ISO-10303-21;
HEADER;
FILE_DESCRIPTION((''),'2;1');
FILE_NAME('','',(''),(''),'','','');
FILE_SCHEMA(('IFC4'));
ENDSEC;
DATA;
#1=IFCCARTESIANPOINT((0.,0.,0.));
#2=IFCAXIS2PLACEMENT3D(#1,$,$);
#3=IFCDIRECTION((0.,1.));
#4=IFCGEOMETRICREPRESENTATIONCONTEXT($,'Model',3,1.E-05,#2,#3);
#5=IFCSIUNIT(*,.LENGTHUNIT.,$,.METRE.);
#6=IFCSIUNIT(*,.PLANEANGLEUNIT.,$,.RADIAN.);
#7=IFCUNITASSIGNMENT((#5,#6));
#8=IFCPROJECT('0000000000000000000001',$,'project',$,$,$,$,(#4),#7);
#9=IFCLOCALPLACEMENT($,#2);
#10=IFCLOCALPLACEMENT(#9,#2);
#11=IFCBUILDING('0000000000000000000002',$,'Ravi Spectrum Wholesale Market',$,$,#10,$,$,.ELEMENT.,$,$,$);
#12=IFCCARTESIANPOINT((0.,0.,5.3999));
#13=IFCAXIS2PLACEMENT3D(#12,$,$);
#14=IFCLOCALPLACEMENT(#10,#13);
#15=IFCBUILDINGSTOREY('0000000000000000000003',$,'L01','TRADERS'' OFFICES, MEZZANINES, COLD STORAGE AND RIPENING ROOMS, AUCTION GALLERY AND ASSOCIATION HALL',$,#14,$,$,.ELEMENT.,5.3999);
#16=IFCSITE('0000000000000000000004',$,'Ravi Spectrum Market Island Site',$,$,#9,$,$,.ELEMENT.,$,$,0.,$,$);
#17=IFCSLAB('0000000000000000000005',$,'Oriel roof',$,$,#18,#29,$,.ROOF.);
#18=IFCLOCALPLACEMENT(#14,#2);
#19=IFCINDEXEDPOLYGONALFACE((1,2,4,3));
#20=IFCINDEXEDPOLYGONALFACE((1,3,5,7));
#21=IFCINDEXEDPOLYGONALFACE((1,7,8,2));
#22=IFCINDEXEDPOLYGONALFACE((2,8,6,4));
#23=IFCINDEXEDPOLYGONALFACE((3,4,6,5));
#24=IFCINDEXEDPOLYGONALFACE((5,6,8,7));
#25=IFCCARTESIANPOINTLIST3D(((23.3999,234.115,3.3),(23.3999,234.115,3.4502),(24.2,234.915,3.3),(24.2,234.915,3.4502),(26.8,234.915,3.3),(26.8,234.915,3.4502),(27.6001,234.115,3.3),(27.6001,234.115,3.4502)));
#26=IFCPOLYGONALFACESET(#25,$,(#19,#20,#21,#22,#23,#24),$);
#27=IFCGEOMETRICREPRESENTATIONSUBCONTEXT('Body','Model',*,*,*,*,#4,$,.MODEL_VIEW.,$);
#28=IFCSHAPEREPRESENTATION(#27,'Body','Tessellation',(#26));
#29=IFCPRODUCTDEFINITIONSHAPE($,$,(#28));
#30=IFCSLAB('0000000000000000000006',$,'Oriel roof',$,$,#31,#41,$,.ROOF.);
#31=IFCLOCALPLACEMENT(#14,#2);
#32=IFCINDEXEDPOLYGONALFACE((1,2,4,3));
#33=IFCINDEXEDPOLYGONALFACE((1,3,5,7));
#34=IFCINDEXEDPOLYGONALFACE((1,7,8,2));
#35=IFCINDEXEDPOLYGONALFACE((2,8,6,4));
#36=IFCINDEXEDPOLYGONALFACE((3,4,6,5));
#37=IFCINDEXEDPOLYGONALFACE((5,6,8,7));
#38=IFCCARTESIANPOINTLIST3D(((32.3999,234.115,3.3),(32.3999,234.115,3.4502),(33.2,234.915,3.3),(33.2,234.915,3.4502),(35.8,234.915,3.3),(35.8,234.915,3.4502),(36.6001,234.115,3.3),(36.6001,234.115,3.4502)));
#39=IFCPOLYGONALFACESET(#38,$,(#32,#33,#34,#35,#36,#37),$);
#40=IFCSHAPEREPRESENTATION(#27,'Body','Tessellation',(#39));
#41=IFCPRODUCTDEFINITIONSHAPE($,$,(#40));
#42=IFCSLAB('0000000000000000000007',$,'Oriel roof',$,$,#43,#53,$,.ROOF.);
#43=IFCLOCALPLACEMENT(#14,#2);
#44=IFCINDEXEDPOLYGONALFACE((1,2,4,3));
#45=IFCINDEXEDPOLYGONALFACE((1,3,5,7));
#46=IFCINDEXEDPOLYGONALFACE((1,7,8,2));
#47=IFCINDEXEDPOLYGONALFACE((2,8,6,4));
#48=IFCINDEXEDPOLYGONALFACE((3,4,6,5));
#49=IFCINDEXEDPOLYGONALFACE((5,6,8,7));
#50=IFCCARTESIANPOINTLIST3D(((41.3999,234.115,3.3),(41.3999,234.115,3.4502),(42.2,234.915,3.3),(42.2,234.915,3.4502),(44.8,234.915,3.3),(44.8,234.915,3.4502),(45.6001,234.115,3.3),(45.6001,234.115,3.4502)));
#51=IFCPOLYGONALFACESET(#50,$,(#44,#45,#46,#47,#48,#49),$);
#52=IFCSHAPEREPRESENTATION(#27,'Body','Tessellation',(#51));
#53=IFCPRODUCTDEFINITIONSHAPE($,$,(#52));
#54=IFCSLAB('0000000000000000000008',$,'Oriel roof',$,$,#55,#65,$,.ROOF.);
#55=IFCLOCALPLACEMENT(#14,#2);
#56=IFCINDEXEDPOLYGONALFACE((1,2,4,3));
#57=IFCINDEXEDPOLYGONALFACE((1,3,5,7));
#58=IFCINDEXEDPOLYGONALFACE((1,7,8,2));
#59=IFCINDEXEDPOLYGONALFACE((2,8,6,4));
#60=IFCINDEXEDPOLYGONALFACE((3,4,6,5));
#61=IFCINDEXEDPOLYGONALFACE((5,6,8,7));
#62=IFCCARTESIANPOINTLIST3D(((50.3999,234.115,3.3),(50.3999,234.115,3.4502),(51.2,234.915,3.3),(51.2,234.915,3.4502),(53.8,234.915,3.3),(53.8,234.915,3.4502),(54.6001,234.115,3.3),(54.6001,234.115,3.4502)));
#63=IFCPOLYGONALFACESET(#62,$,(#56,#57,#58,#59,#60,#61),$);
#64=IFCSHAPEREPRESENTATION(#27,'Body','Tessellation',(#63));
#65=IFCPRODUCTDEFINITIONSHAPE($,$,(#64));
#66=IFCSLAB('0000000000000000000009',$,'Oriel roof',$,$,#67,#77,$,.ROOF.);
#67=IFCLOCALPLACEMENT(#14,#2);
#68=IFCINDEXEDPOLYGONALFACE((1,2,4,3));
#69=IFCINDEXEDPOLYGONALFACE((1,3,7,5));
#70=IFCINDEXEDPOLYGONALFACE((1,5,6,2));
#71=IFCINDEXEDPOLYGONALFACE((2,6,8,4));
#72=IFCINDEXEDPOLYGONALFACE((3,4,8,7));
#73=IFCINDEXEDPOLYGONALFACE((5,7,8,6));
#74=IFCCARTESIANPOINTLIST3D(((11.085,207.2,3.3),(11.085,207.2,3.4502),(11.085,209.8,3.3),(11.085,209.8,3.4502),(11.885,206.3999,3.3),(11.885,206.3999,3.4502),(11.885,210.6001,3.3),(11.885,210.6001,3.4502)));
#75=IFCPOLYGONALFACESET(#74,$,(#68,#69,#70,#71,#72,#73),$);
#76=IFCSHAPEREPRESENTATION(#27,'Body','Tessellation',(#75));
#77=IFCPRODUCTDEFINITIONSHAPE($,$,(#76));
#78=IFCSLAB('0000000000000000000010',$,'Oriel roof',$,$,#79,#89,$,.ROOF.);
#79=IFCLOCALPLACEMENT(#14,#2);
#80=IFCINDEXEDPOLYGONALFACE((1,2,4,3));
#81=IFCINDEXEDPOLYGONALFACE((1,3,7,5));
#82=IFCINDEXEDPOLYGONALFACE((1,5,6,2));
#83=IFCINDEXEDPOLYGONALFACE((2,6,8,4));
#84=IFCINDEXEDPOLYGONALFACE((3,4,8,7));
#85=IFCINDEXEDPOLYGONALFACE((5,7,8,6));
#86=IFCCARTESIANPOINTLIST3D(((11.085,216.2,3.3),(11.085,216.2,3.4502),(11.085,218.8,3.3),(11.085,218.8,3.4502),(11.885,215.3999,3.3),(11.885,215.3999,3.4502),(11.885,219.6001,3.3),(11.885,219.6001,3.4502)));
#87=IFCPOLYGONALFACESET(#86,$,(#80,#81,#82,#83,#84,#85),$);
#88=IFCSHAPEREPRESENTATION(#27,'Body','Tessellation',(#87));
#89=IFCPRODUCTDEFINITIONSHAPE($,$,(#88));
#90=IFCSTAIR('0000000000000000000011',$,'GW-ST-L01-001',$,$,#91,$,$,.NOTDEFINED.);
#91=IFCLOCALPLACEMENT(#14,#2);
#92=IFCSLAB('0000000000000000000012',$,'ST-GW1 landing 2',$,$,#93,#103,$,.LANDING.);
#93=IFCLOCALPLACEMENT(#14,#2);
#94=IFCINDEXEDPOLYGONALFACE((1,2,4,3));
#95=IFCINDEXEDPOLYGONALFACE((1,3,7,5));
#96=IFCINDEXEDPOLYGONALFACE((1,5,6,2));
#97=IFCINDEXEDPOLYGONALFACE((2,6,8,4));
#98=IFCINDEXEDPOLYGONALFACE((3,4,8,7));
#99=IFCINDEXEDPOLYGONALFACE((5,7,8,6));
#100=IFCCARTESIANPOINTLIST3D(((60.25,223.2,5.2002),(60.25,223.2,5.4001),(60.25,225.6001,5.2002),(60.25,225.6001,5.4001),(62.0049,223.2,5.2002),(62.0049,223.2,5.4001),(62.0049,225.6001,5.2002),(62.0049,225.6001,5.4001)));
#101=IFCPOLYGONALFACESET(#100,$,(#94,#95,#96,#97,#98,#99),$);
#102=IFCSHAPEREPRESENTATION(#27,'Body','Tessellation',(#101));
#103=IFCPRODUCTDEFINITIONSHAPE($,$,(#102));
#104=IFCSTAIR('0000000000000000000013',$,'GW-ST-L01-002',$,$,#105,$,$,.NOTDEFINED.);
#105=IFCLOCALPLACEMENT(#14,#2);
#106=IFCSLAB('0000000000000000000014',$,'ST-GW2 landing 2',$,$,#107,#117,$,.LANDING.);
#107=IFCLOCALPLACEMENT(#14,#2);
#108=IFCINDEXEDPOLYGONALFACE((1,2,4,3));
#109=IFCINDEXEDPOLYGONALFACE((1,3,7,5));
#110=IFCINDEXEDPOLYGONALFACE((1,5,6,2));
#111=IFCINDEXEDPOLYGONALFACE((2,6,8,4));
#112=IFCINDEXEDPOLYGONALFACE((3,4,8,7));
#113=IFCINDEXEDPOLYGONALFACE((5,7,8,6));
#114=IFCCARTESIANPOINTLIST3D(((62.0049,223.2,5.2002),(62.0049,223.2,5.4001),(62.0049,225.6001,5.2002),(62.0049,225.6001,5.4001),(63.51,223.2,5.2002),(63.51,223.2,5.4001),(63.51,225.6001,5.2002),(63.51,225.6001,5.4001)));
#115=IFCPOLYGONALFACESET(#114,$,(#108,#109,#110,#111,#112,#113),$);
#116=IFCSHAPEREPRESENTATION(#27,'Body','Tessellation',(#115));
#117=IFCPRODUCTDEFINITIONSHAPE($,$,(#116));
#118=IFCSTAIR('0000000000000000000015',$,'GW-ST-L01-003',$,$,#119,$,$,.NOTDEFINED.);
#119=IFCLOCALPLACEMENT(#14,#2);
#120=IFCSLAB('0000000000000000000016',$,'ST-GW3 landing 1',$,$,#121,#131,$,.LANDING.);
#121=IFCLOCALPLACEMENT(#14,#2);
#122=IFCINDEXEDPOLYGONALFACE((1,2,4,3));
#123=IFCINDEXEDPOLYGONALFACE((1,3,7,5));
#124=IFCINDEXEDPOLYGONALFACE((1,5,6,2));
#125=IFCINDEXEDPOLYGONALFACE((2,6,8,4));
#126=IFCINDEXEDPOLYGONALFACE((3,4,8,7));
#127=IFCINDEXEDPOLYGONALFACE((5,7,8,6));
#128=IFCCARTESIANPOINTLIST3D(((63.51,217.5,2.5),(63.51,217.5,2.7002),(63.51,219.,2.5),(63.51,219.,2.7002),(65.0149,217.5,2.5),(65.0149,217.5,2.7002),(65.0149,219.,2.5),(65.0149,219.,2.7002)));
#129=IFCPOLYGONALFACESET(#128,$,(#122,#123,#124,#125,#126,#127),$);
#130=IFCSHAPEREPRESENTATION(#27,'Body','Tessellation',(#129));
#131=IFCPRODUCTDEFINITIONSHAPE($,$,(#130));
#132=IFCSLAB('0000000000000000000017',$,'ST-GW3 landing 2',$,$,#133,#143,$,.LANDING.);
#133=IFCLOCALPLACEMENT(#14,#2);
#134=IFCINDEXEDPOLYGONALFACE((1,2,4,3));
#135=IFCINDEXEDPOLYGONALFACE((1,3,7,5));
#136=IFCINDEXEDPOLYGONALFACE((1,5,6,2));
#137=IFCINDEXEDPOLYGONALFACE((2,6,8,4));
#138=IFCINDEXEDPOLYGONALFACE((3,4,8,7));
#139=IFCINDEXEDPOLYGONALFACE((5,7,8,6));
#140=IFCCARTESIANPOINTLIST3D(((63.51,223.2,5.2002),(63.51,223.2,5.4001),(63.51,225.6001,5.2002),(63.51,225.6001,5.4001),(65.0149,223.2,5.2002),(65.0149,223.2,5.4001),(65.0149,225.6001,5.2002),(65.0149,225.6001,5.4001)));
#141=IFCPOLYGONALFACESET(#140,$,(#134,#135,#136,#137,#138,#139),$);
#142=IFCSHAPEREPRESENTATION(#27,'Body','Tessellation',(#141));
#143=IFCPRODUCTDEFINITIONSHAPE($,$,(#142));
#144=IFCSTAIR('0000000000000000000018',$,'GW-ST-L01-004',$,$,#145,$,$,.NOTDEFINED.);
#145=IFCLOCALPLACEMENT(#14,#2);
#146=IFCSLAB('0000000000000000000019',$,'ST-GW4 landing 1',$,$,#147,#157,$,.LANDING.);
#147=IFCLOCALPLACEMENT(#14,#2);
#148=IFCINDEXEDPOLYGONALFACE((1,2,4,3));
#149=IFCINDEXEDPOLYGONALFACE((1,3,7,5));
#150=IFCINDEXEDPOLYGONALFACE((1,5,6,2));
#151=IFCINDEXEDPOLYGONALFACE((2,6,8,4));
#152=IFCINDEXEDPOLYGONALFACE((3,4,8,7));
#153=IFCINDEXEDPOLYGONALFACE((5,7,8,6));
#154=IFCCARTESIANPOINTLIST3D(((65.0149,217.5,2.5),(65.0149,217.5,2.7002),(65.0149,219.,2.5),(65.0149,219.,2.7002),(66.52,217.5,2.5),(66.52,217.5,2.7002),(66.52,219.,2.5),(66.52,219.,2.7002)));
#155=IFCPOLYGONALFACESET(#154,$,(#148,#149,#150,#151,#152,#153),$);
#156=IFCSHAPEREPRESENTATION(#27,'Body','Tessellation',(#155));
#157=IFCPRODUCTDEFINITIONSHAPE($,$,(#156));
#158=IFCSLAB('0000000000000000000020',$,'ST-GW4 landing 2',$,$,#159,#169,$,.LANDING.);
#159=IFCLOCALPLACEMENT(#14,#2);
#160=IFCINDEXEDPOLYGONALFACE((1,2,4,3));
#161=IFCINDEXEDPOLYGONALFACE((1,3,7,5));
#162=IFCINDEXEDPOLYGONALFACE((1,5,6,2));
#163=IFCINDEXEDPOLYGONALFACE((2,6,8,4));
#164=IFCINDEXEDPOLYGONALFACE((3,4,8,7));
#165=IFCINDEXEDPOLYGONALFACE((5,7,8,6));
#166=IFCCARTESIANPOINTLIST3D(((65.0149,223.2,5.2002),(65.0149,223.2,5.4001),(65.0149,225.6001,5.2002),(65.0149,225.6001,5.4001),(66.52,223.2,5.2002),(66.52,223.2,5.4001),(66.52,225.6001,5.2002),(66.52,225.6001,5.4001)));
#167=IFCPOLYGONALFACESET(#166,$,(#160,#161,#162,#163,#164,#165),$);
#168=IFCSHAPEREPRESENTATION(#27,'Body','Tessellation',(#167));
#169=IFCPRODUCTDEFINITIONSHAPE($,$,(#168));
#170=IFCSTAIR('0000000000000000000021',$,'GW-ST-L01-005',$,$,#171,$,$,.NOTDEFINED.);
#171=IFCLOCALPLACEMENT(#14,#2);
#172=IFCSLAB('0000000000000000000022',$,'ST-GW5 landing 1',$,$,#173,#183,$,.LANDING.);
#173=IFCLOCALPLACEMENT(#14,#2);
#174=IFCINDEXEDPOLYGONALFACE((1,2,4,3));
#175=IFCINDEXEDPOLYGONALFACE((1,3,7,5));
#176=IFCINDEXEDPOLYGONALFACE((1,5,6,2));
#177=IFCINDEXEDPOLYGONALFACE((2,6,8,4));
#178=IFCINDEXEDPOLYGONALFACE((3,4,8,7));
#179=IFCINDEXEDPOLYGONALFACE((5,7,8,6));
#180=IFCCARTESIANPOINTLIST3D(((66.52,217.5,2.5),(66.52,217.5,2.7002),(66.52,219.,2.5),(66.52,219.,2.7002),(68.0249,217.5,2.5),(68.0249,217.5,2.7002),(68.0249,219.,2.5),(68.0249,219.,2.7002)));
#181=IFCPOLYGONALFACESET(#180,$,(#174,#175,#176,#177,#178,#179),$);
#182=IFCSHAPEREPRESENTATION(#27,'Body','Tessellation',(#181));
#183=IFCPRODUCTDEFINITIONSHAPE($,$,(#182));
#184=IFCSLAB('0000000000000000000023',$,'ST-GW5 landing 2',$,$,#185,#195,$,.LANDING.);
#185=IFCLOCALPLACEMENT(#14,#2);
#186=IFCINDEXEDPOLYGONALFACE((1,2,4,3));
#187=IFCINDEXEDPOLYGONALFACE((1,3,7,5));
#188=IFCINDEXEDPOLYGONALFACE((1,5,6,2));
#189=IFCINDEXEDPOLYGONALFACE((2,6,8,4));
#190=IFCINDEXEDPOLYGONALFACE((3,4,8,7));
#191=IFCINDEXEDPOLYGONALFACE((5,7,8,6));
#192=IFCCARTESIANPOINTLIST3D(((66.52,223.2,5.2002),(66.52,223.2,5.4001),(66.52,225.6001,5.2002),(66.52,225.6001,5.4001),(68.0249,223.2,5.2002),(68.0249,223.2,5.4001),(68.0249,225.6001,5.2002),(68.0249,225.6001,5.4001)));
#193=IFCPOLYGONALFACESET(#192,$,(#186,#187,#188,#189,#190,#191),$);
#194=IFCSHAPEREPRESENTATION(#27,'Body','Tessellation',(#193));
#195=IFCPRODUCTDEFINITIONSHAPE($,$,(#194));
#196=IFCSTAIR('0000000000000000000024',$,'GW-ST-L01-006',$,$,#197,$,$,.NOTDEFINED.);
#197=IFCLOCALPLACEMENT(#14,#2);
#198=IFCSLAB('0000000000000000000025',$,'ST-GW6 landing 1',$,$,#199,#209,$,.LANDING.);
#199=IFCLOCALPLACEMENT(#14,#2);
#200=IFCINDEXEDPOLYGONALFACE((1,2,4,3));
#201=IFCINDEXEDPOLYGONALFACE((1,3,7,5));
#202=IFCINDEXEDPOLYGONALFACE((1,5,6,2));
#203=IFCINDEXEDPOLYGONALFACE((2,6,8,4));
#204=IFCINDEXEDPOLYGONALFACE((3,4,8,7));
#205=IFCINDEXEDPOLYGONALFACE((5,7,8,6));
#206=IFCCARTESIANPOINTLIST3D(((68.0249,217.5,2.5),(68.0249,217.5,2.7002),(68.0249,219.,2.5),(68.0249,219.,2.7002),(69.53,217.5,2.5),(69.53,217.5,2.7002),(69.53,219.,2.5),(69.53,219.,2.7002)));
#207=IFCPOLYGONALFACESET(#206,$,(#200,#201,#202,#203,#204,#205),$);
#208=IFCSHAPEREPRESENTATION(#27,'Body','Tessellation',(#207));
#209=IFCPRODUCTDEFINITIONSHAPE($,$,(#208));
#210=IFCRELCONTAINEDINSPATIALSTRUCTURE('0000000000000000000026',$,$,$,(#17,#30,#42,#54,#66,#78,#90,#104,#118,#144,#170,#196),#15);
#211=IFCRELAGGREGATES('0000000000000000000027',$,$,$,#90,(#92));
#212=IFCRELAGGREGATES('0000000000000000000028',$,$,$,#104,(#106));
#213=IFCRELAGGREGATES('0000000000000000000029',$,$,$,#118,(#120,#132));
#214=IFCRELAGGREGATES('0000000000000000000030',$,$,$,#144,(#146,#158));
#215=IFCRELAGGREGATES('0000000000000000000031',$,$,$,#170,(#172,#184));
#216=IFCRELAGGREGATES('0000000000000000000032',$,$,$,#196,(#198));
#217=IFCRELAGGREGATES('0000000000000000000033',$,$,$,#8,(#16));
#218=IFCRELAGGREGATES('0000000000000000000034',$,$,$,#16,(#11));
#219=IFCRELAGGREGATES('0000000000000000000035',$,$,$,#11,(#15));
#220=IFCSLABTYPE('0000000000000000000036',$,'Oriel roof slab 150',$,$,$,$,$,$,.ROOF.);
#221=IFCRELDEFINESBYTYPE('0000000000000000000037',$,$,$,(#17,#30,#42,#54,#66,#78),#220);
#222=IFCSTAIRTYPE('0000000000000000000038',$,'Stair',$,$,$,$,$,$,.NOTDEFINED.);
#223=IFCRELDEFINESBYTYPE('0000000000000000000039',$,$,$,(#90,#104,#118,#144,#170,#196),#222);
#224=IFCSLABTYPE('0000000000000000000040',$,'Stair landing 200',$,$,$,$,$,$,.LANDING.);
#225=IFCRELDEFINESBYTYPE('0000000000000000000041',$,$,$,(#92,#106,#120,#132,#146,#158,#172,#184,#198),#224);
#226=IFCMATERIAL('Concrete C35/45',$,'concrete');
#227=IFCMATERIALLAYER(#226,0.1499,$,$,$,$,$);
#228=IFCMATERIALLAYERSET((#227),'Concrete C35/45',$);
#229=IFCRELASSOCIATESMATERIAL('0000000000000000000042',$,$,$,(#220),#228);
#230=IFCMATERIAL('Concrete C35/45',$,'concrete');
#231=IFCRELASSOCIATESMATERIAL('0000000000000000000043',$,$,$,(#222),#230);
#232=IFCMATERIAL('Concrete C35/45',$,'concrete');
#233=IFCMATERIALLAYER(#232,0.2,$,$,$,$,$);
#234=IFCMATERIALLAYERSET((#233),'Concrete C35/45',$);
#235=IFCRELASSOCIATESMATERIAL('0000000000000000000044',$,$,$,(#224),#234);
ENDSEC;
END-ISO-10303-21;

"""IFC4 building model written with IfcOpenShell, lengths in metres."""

from ifc_helpers import new_model, si_unit, direction, frame, origin, place, context, subcontext, project, spatial, polyline, outline, extrude, material, layer, layer_set, type_object, element, aggregate, save


model = new_model("IFC4")

# Units and contexts
model_context = context("Model", 3, precision=1e-05, world=origin(), true_north=direction((0.0, 1.0)))
body_context = subcontext(model_context, "Body", "Model", "MODEL_VIEW")
ifc_project = project(units=[si_unit("LENGTHUNIT", "METRE"), si_unit("PLANEANGLEUNIT", "RADIAN")], contexts=[model_context])

# Site, building, storey
site_placement = place(None, origin())
site = spatial("IfcSite", under=ifc_project, at=site_placement, Name="Ravi Spectrum Market Island Site", CompositionType="ELEMENT", RefElevation=0.0)
building_placement = place(site_placement, origin())
building = spatial("IfcBuilding", under=site, at=building_placement, Name="Ravi Spectrum Wholesale Market", CompositionType="ELEMENT")
storey_placement = place(building_placement, frame((0.0, 0.0, 5.3999)))
storey = spatial("IfcBuildingStorey", under=building, at=storey_placement, Name="L01", Description="TRADERS' OFFICES, MEZZANINES, COLD STORAGE AND RIPENING ROOMS, AUCTION GALLERY AND ASSOCIATION HALL", CompositionType="ELEMENT", Elevation=5.3999)

# Slabs
ifc_material_1 = material(Name="Concrete C35/45", Category="concrete")
ifc_layer_1 = layer(ifc_material_1, 0.1499)
ifc_layer_set_1 = layer_set([ifc_layer_1], Name="Concrete C35/45")
slab_type_1 = type_object("IfcSlabType", Name="Oriel roof slab 150", PredefinedType="ROOF", material=ifc_layer_set_1)
slab_1_placement = place(storey_placement, frame((0.0, 0.0, 3.3)))
element("IfcSlab", 1, at=slab_1_placement, inside=storey, type_object=slab_type_1, Name="Oriel roof", PredefinedType="ROOF", context=body_context, shape_type="SweptSolid", body=[
    extrude(outline(polyline([(23.3999, 234.115), (24.2, 234.915), (26.8, 234.915), (27.6001, 234.115), (23.3999, 234.115)])), origin(), (0.0, 0.0, 1.0), 0.1501),
])
slab_2_placement = place(storey_placement, frame((0.0, 0.0, 3.3)))
element("IfcSlab", 2, at=slab_2_placement, inside=storey, type_object=slab_type_1, Name="Oriel roof", PredefinedType="ROOF", context=body_context, shape_type="SweptSolid", body=[
    extrude(outline(polyline([(32.3999, 234.115), (33.2, 234.915), (35.8, 234.915), (36.6001, 234.115), (32.3999, 234.115)])), origin(), (0.0, 0.0, 1.0), 0.1501),
])
slab_3_placement = place(storey_placement, frame((0.0, 0.0, 3.3)))
element("IfcSlab", 3, at=slab_3_placement, inside=storey, type_object=slab_type_1, Name="Oriel roof", PredefinedType="ROOF", context=body_context, shape_type="SweptSolid", body=[
    extrude(outline(polyline([(41.3999, 234.115), (42.2, 234.915), (44.8, 234.915), (45.6001, 234.115), (41.3999, 234.115)])), origin(), (0.0, 0.0, 1.0), 0.1501),
])
slab_4_placement = place(storey_placement, frame((0.0, 0.0, 3.3)))
element("IfcSlab", 4, at=slab_4_placement, inside=storey, type_object=slab_type_1, Name="Oriel roof", PredefinedType="ROOF", context=body_context, shape_type="SweptSolid", body=[
    extrude(outline(polyline([(50.3999, 234.115), (51.2, 234.915), (53.8, 234.915), (54.6001, 234.115), (50.3999, 234.115)])), origin(), (0.0, 0.0, 1.0), 0.1501),
])
slab_5_placement = place(storey_placement, frame((0.0, 0.0, 3.3)))
element("IfcSlab", 5, at=slab_5_placement, inside=storey, type_object=slab_type_1, Name="Oriel roof", PredefinedType="ROOF", context=body_context, shape_type="SweptSolid", body=[
    extrude(outline(polyline([(11.885, 206.3999), (11.085, 207.2), (11.085, 209.8), (11.885, 210.6001), (11.885, 206.3999)])), origin(), (0.0, 0.0, 1.0), 0.1501),
])
slab_6_placement = place(storey_placement, frame((0.0, 0.0, 3.3)))
element("IfcSlab", 6, at=slab_6_placement, inside=storey, type_object=slab_type_1, Name="Oriel roof", PredefinedType="ROOF", context=body_context, shape_type="SweptSolid", body=[
    extrude(outline(polyline([(11.885, 215.3999), (11.085, 216.2), (11.085, 218.8), (11.885, 219.6001), (11.885, 215.3999)])), origin(), (0.0, 0.0, 1.0), 0.1501),
])

# Stairs, slabs
ifc_material_2 = material(Name="Concrete C35/45", Category="concrete")
stair_type = type_object("IfcStairType", Name="Stair", PredefinedType="NOTDEFINED", material=ifc_material_2)
stair_1_placement = place(storey_placement, origin())
stair_1 = element("IfcStair", 7, at=stair_1_placement, inside=storey, type_object=stair_type, Name="GW-ST-L01-001", PredefinedType="NOTDEFINED")
ifc_material_3 = material(Name="Concrete C35/45", Category="concrete")
ifc_layer_2 = layer(ifc_material_3, 0.2)
ifc_layer_set_2 = layer_set([ifc_layer_2], Name="Concrete C35/45")
slab_type_2 = type_object("IfcSlabType", Name="Stair landing 200", PredefinedType="LANDING", material=ifc_layer_set_2)
slab_7_placement = place(storey_placement, frame((0.0, 0.0, 5.2002)))
slab_7 = element("IfcSlab", 8, at=slab_7_placement, type_object=slab_type_2, Name="ST-GW1 landing 2", PredefinedType="LANDING", context=body_context, shape_type="SweptSolid", body=[
    extrude(outline(polyline([(60.25, 223.2), (62.0049, 223.2), (62.0049, 225.6001), (60.25, 225.6001), (60.25, 223.2)])), origin(), (0.0, 0.0, 1.0), 0.2),
])
aggregate(stair_1, [slab_7])
stair_2_placement = place(storey_placement, origin())
stair_2 = element("IfcStair", 9, at=stair_2_placement, inside=storey, type_object=stair_type, Name="GW-ST-L01-002", PredefinedType="NOTDEFINED")
slab_8_placement = place(storey_placement, frame((0.0, 0.0, 5.2002)))
slab_8 = element("IfcSlab", 10, at=slab_8_placement, type_object=slab_type_2, Name="ST-GW2 landing 2", PredefinedType="LANDING", context=body_context, shape_type="SweptSolid", body=[
    extrude(outline(polyline([(62.0049, 223.2), (63.51, 223.2), (63.51, 225.6001), (62.0049, 225.6001), (62.0049, 223.2)])), origin(), (0.0, 0.0, 1.0), 0.2),
])
aggregate(stair_2, [slab_8])

# Stairs, slabs
stair_3_placement = place(storey_placement, origin())
stair_3 = element("IfcStair", 11, at=stair_3_placement, inside=storey, type_object=stair_type, Name="GW-ST-L01-003", PredefinedType="NOTDEFINED")
slab_9_placement = place(storey_placement, frame((0.0, 0.0, 2.5)))
slab_9 = element("IfcSlab", 12, at=slab_9_placement, type_object=slab_type_2, Name="ST-GW3 landing 1", PredefinedType="LANDING", context=body_context, shape_type="SweptSolid", body=[
    extrude(outline(polyline([(63.51, 217.5), (65.0149, 217.5), (65.0149, 219.0), (63.51, 219.0), (63.51, 217.5)])), origin(), (0.0, 0.0, 1.0), 0.2002),
])
slab_10_placement = place(storey_placement, frame((0.0, 0.0, 5.2002)))
slab_10 = element("IfcSlab", 13, at=slab_10_placement, type_object=slab_type_2, Name="ST-GW3 landing 2", PredefinedType="LANDING", context=body_context, shape_type="SweptSolid", body=[
    extrude(outline(polyline([(63.51, 223.2), (65.0149, 223.2), (65.0149, 225.6001), (63.51, 225.6001), (63.51, 223.2)])), origin(), (0.0, 0.0, 1.0), 0.2),
])
aggregate(stair_3, [slab_9, slab_10])
stair_4_placement = place(storey_placement, origin())
stair_4 = element("IfcStair", 14, at=stair_4_placement, inside=storey, type_object=stair_type, Name="GW-ST-L01-004", PredefinedType="NOTDEFINED")
slab_11_placement = place(storey_placement, frame((0.0, 0.0, 2.5)))
slab_11 = element("IfcSlab", 15, at=slab_11_placement, type_object=slab_type_2, Name="ST-GW4 landing 1", PredefinedType="LANDING", context=body_context, shape_type="SweptSolid", body=[
    extrude(outline(polyline([(65.0149, 217.5), (66.52, 217.5), (66.52, 219.0), (65.0149, 219.0), (65.0149, 217.5)])), origin(), (0.0, 0.0, 1.0), 0.2002),
])
slab_12_placement = place(storey_placement, frame((0.0, 0.0, 5.2002)))
slab_12 = element("IfcSlab", 16, at=slab_12_placement, type_object=slab_type_2, Name="ST-GW4 landing 2", PredefinedType="LANDING", context=body_context, shape_type="SweptSolid", body=[
    extrude(outline(polyline([(65.0149, 223.2), (66.52, 223.2), (66.52, 225.6001), (65.0149, 225.6001), (65.0149, 223.2)])), origin(), (0.0, 0.0, 1.0), 0.2),
])
aggregate(stair_4, [slab_11, slab_12])
stair_5_placement = place(storey_placement, origin())
stair_5 = element("IfcStair", 17, at=stair_5_placement, inside=storey, type_object=stair_type, Name="GW-ST-L01-005", PredefinedType="NOTDEFINED")
slab_13_placement = place(storey_placement, frame((0.0, 0.0, 2.5)))
slab_13 = element("IfcSlab", 18, at=slab_13_placement, type_object=slab_type_2, Name="ST-GW5 landing 1", PredefinedType="LANDING", context=body_context, shape_type="SweptSolid", body=[
    extrude(outline(polyline([(66.52, 217.5), (68.0249, 217.5), (68.0249, 219.0), (66.52, 219.0), (66.52, 217.5)])), origin(), (0.0, 0.0, 1.0), 0.2002),
])
slab_14_placement = place(storey_placement, frame((0.0, 0.0, 5.2002)))
slab_14 = element("IfcSlab", 19, at=slab_14_placement, type_object=slab_type_2, Name="ST-GW5 landing 2", PredefinedType="LANDING", context=body_context, shape_type="SweptSolid", body=[
    extrude(outline(polyline([(66.52, 223.2), (68.0249, 223.2), (68.0249, 225.6001), (66.52, 225.6001), (66.52, 223.2)])), origin(), (0.0, 0.0, 1.0), 0.2),
])
aggregate(stair_5, [slab_13, slab_14])
stair_6_placement = place(storey_placement, origin())
stair_6 = element("IfcStair", 20, at=stair_6_placement, inside=storey, type_object=stair_type, Name="GW-ST-L01-006", PredefinedType="NOTDEFINED")
slab_15_placement = place(storey_placement, frame((0.0, 0.0, 2.5)))
slab_15 = element("IfcSlab", 21, at=slab_15_placement, type_object=slab_type_2, Name="ST-GW6 landing 1", PredefinedType="LANDING", context=body_context, shape_type="SweptSolid", body=[
    extrude(outline(polyline([(68.0249, 217.5), (69.53, 217.5), (69.53, 219.0), (68.0249, 219.0), (68.0249, 217.5)])), origin(), (0.0, 0.0, 1.0), 0.2002),
])
aggregate(stair_6, [slab_15])

save(model, "model.ifc")
